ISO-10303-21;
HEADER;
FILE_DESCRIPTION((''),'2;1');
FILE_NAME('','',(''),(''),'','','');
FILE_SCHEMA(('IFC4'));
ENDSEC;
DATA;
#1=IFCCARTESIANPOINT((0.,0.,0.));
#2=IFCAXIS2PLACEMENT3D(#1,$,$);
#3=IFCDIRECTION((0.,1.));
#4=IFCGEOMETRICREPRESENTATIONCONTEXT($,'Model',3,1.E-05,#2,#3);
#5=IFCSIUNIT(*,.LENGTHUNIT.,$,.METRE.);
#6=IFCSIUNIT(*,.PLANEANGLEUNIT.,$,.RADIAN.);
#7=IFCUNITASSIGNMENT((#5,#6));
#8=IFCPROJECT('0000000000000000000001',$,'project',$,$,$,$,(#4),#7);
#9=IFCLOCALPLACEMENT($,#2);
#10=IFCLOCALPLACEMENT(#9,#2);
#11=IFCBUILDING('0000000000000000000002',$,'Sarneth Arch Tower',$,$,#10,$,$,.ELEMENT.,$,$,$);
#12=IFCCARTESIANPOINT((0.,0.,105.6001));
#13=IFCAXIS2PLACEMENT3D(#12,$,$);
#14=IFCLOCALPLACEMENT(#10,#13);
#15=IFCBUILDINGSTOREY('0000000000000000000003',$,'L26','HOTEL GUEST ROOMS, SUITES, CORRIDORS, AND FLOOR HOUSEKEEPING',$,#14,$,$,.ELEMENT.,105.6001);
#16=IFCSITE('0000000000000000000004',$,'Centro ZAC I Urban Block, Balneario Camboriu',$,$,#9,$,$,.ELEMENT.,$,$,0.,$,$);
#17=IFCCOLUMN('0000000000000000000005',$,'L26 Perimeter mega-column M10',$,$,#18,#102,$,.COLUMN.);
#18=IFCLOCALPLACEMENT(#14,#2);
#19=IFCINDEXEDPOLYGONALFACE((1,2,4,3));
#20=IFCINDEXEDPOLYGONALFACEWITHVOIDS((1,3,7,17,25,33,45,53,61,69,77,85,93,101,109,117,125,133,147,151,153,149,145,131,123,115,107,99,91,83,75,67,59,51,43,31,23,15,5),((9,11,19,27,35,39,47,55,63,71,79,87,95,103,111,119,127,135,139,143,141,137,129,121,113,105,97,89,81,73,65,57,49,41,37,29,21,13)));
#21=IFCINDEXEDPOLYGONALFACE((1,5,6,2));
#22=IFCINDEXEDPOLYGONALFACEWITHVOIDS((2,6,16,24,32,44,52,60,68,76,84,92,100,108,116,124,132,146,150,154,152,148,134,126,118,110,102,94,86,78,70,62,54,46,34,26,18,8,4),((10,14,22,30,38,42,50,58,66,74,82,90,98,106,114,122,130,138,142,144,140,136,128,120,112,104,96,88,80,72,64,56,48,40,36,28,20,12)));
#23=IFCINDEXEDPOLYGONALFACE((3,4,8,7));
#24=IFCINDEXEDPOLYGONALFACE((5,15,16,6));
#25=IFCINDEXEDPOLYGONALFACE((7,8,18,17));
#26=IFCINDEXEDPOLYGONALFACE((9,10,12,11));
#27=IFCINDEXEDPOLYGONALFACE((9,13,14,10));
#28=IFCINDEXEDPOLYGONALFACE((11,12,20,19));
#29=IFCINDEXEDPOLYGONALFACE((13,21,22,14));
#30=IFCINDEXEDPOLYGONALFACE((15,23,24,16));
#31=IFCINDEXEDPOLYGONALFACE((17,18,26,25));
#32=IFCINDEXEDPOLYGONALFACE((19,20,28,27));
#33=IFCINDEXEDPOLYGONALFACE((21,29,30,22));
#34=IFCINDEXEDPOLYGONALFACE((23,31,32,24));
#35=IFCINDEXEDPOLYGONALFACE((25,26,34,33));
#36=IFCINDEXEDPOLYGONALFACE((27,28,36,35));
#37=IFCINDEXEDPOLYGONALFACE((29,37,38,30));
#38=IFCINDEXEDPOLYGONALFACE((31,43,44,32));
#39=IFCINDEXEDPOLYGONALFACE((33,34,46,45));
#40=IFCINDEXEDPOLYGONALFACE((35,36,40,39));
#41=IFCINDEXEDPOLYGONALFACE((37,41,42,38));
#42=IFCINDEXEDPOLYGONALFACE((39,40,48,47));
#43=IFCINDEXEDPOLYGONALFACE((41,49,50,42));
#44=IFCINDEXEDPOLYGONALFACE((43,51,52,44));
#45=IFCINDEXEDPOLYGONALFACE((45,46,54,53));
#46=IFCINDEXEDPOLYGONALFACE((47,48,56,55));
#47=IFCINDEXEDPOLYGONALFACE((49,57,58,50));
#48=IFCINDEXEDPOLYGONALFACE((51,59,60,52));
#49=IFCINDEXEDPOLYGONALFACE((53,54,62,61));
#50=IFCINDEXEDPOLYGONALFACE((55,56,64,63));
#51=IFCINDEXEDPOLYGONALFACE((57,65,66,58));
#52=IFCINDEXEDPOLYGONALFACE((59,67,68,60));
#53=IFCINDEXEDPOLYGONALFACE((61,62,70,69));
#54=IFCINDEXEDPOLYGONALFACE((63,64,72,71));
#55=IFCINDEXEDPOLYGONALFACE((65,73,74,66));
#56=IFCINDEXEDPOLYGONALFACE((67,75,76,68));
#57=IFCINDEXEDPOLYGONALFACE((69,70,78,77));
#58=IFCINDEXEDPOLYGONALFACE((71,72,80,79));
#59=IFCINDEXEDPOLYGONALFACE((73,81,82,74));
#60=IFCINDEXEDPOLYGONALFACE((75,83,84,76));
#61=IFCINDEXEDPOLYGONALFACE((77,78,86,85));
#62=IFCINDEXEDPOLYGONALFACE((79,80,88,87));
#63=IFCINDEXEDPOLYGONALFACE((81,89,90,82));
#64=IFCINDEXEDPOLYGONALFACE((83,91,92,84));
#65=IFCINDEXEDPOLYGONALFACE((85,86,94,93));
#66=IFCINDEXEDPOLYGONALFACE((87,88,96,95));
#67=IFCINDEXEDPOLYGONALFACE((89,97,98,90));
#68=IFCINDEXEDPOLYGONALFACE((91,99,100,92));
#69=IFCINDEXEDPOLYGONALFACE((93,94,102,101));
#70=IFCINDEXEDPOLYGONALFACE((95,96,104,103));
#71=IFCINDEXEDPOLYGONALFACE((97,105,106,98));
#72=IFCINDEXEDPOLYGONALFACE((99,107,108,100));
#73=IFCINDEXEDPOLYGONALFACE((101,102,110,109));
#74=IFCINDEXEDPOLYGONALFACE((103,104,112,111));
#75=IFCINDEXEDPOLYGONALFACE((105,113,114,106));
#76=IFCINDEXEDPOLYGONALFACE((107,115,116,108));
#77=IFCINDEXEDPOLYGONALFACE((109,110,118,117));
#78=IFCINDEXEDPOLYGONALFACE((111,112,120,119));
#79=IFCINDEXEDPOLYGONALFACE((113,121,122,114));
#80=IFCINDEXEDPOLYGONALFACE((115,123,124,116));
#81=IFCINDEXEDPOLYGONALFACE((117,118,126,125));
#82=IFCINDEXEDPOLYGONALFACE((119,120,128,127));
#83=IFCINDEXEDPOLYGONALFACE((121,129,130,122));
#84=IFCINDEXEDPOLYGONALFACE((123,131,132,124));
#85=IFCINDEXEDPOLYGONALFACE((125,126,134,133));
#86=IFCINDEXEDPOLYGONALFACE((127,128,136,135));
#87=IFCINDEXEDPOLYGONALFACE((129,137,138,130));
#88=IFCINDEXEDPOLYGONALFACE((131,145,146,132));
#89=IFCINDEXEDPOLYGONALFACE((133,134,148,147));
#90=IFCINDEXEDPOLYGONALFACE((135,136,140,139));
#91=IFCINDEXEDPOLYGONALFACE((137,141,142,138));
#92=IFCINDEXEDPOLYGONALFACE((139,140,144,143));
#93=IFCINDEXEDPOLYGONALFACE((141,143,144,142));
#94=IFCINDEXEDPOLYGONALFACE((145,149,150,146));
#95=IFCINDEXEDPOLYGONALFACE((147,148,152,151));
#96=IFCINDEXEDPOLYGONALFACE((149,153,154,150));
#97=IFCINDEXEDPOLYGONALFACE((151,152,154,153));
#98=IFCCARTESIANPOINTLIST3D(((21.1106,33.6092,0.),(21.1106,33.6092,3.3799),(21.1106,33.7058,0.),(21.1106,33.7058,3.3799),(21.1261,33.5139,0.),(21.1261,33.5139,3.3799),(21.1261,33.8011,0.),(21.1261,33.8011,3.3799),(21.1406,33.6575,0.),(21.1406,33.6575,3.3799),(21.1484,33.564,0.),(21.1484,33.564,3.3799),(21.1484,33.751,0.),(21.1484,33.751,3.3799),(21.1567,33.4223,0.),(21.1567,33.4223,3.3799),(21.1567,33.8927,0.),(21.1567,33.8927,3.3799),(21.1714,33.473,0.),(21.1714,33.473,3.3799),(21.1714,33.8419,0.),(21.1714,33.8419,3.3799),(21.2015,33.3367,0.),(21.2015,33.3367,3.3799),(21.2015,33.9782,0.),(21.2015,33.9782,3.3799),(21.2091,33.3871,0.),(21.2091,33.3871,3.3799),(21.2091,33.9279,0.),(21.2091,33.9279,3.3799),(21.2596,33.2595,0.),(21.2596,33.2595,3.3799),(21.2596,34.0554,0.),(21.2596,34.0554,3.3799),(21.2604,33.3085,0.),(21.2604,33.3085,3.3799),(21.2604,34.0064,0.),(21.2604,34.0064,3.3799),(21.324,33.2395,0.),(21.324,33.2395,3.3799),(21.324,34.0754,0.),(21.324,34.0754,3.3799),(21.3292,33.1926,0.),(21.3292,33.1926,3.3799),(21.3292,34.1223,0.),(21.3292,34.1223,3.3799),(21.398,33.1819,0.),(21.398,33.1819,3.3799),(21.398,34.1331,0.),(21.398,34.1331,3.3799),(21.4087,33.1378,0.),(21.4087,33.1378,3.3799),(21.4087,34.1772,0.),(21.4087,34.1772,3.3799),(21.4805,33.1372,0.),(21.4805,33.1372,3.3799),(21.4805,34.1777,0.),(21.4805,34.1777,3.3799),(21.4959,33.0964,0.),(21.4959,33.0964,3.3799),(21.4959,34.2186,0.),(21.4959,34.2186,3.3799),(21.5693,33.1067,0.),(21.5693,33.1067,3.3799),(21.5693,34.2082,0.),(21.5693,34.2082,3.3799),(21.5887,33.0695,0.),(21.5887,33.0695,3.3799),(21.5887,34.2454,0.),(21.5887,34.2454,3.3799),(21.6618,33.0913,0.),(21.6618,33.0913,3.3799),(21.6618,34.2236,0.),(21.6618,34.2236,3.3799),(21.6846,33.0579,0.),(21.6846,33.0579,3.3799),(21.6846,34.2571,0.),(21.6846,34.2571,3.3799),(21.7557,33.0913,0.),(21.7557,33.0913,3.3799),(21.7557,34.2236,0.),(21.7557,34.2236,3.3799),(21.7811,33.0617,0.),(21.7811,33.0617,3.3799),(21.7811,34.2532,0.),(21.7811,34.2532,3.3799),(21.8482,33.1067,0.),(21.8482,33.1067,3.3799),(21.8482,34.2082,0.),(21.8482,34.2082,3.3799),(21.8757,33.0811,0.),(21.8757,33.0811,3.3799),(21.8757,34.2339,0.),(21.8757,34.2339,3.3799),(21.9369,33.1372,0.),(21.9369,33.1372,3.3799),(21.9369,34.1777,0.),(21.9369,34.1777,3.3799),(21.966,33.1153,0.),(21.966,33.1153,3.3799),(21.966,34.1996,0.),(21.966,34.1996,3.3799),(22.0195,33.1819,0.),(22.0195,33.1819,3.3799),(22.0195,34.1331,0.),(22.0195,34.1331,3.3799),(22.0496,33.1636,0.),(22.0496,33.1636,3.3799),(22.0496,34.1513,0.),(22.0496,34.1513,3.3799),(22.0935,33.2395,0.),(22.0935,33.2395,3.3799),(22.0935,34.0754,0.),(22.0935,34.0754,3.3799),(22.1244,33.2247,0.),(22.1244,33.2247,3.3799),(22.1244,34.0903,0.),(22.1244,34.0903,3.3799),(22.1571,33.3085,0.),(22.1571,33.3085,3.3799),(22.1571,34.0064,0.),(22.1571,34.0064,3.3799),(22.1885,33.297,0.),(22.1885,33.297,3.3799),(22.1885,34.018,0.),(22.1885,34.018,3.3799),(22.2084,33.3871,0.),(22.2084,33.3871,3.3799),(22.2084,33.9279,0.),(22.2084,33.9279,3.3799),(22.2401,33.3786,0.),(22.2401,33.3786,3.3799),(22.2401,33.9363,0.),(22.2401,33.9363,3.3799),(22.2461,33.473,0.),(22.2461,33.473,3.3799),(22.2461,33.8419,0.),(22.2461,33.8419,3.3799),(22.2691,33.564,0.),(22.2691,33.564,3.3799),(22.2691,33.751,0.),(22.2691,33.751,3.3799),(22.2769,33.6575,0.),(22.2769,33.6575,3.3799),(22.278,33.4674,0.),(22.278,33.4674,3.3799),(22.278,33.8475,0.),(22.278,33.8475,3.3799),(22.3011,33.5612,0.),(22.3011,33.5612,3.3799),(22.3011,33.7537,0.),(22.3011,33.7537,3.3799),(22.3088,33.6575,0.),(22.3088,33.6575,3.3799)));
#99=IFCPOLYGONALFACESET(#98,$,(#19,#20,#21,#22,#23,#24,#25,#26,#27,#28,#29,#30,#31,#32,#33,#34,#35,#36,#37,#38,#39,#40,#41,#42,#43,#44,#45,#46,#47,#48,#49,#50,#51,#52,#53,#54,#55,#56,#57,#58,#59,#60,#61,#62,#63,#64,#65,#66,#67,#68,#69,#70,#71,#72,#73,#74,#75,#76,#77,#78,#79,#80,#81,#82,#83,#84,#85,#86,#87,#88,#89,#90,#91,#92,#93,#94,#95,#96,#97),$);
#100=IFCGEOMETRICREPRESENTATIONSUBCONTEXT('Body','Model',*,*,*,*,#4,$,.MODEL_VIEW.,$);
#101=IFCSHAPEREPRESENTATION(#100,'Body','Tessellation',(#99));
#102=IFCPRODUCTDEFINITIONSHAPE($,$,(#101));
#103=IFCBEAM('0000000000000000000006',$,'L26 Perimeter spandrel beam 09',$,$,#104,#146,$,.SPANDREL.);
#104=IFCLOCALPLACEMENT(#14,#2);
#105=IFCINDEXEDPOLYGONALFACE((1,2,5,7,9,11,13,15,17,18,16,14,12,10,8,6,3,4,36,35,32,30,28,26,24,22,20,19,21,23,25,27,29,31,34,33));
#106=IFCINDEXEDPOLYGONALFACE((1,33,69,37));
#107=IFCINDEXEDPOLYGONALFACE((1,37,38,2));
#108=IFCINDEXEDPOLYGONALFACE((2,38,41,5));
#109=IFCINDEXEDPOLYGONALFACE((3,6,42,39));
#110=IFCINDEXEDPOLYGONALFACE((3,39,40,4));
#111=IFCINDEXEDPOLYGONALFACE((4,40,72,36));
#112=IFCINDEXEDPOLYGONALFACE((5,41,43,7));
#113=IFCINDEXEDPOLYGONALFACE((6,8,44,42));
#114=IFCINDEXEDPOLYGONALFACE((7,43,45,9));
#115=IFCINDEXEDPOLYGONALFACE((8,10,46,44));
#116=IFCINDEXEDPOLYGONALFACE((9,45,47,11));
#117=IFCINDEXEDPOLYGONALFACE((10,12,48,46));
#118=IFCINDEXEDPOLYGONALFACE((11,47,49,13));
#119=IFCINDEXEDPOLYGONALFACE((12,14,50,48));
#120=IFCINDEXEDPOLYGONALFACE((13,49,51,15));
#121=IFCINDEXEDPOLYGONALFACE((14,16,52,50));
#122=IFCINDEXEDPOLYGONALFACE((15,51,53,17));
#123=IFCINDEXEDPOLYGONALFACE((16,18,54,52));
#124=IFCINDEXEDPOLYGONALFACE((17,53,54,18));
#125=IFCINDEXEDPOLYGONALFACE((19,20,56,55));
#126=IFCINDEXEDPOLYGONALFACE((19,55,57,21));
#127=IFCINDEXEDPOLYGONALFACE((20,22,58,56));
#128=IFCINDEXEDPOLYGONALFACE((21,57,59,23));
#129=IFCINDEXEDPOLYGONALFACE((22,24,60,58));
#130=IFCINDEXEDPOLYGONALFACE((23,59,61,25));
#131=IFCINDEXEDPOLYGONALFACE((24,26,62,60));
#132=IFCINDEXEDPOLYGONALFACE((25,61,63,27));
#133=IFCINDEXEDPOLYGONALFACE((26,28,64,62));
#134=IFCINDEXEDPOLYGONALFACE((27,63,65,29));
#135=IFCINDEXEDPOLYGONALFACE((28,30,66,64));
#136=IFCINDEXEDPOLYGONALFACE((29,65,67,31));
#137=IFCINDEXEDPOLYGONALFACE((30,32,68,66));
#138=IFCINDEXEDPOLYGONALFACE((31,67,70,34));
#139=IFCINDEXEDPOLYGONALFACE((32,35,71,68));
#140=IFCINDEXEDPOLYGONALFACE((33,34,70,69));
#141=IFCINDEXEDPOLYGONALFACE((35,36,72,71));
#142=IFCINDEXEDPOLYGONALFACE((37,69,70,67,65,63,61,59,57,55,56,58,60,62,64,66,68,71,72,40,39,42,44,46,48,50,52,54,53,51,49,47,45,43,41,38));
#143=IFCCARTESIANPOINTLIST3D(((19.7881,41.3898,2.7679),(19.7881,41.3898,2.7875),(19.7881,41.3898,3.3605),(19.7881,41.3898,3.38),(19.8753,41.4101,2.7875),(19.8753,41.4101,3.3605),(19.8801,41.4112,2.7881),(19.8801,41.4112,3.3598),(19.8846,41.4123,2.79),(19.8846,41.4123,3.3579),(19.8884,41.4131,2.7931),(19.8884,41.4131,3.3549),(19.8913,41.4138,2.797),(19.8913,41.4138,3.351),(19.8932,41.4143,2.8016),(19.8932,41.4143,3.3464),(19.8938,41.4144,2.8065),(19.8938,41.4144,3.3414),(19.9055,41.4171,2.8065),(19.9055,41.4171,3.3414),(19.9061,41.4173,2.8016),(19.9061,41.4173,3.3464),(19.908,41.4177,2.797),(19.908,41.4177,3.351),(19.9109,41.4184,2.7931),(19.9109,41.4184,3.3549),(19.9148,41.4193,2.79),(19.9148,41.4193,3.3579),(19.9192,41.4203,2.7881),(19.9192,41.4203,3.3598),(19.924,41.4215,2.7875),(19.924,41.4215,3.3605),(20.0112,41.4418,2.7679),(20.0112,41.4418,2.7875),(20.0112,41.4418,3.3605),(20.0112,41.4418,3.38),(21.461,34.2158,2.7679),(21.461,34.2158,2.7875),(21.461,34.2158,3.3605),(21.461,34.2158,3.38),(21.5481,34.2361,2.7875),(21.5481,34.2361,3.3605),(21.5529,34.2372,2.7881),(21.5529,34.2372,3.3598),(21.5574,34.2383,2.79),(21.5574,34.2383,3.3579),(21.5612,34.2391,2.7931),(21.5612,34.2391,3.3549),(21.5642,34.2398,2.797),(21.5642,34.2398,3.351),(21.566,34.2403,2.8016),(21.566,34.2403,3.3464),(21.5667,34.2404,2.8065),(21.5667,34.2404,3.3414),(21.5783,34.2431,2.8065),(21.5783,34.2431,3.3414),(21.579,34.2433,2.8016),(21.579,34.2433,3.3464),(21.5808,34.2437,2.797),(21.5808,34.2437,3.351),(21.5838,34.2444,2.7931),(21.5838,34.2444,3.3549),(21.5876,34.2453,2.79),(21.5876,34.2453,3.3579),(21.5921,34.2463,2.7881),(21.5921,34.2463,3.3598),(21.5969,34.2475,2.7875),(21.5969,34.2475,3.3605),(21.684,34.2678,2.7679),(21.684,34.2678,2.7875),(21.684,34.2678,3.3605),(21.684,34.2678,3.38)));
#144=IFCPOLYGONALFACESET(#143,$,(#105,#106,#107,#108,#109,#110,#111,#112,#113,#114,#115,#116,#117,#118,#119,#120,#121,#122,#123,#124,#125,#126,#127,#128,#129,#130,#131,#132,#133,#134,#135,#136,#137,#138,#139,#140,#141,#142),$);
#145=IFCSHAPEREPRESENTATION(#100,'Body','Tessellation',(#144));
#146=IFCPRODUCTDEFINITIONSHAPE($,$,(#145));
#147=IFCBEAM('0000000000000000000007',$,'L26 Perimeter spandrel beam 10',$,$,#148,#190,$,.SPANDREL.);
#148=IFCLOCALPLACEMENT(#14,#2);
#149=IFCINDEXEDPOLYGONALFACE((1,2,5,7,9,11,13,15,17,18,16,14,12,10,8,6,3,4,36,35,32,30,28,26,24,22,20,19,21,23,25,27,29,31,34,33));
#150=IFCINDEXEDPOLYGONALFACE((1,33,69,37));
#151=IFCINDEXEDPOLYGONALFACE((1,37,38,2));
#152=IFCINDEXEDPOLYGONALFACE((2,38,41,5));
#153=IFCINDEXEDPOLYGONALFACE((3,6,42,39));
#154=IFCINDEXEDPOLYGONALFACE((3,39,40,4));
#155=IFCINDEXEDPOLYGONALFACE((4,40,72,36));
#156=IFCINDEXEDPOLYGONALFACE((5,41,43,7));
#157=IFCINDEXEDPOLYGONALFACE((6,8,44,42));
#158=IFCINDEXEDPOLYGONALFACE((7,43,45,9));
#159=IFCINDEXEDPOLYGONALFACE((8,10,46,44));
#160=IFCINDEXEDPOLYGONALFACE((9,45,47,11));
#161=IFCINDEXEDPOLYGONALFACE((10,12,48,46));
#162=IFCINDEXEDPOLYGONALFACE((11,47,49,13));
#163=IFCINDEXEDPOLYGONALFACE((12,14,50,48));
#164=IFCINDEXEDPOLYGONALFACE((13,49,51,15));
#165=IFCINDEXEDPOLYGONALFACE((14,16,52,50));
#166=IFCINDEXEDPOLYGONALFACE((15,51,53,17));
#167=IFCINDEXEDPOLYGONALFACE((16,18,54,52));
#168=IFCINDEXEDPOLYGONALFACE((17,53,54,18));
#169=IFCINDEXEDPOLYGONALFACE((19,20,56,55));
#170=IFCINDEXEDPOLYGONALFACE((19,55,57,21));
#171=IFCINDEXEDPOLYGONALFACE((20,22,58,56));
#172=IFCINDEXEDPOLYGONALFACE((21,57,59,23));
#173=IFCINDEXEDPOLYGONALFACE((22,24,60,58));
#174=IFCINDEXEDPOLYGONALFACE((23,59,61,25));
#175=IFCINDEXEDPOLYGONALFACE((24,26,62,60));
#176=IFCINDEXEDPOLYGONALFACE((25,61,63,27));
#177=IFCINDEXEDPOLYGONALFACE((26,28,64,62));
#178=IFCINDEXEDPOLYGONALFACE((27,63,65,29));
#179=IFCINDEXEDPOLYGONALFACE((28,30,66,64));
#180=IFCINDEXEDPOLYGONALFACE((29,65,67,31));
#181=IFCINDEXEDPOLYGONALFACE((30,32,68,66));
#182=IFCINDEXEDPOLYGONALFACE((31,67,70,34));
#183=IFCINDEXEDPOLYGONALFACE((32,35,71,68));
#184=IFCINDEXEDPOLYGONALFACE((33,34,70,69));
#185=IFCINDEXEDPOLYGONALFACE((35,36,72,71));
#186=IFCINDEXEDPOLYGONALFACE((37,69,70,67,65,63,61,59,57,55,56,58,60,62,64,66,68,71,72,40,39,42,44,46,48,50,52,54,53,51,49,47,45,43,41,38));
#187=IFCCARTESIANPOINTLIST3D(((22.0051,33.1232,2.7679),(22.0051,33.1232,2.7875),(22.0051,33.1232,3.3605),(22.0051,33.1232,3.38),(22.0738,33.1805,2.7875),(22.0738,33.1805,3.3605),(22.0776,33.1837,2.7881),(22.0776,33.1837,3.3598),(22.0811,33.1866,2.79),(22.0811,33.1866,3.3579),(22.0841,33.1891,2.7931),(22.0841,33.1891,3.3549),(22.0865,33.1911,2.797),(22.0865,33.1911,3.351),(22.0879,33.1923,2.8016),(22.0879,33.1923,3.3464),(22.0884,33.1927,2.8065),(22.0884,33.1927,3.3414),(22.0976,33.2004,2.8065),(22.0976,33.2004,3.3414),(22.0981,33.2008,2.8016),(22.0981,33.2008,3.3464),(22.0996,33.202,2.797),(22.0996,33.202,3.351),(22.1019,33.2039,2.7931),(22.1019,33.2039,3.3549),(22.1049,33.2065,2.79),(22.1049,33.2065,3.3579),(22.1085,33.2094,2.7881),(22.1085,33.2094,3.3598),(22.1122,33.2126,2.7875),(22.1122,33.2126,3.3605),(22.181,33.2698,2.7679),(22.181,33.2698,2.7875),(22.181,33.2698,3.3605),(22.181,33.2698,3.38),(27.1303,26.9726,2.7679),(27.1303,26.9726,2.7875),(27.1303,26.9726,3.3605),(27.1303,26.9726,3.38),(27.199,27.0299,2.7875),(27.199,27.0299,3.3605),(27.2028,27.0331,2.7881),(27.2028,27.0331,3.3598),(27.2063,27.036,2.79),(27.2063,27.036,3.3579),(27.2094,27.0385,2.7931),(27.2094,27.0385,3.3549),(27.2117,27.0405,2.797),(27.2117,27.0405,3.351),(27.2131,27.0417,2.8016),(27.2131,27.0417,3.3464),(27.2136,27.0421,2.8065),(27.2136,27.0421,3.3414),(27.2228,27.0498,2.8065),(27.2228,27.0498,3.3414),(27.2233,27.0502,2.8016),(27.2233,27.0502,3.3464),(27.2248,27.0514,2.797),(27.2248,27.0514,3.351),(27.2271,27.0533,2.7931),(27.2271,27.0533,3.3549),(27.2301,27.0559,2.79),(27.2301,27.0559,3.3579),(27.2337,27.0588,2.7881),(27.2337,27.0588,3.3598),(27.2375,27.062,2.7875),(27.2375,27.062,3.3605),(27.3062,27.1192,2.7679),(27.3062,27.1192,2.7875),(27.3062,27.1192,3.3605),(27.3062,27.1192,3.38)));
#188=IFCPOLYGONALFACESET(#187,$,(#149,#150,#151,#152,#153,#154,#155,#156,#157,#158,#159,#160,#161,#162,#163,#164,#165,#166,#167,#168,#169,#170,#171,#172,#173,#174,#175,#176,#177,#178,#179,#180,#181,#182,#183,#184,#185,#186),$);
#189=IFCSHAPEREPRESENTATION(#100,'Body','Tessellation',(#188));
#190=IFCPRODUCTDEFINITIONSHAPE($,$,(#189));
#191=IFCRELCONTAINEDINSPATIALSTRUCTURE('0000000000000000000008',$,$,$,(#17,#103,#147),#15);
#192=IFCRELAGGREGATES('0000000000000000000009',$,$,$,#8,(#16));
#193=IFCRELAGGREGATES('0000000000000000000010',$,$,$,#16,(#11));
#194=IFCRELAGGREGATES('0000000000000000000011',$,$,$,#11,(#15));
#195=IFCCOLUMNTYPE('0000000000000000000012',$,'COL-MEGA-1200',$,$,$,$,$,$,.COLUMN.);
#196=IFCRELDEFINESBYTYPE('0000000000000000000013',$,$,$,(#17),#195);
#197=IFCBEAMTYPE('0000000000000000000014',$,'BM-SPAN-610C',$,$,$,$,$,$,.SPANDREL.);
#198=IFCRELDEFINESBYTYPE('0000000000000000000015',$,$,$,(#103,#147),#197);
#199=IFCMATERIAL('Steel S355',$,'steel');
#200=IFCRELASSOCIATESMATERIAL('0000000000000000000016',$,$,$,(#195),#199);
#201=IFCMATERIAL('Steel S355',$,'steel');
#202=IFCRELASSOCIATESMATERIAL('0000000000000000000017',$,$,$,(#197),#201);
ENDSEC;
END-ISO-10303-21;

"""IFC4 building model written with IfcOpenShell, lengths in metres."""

from ifc_helpers import new_model, si_unit, direction, frame, origin, origin_2d, place, context, subcontext, project, spatial, hollow_circle, i_section, extrude, material, material_profile, profile_set, type_object, element, save


model = new_model("IFC4")

# Units and contexts
model_context = context("Model", 3, precision=1e-05, world=origin(), true_north=direction((0.0, 1.0)))
body_context = subcontext(model_context, "Body", "Model", "MODEL_VIEW")
ifc_project = project(units=[si_unit("LENGTHUNIT", "METRE"), si_unit("PLANEANGLEUNIT", "RADIAN")], contexts=[model_context])

# Site, building, storey
site_placement = place(None, origin())
site = spatial("IfcSite", under=ifc_project, at=site_placement, Name="Centro ZAC I Urban Block, Balneario Camboriu", CompositionType="ELEMENT", RefElevation=0.0)
building_placement = place(site_placement, origin())
building = spatial("IfcBuilding", under=site, at=building_placement, Name="Sarneth Arch Tower", CompositionType="ELEMENT")
storey_placement = place(building_placement, frame((0.0, 0.0, 105.6001)))
storey = spatial("IfcBuildingStorey", under=building, at=storey_placement, Name="L26", Description="HOTEL GUEST ROOMS, SUITES, CORRIDORS, AND FLOOR HOUSEKEEPING", CompositionType="ELEMENT", Elevation=105.6001)

# Column
ifc_material_1 = material(Name="Steel S355", Category="steel")
ifc_material_profile_1 = material_profile(ifc_material_1, hollow_circle(Radius=0.6001, WallThickness=0.032, at=origin_2d()), Name="CHS1200x32")
ifc_profile_set_1 = profile_set([ifc_material_profile_1], Name="Steel S355")
column_type = type_object("IfcColumnType", Name="COL-MEGA-1200", PredefinedType="COLUMN", material=ifc_profile_set_1)
column_placement = place(storey_placement, frame((21.7087, 33.6575, 0.0), z_axis=(0.0, 0.0, 1.0), x_axis=(1.0, 0.0, 0.0)))
element("IfcColumn", 1, at=column_placement, inside=storey, type_object=column_type, Name="L26 Perimeter mega-column M10", PredefinedType="COLUMN", context=body_context, shape_type="SweptSolid", body=[
    extrude(hollow_circle(Radius=0.6001, WallThickness=0.032, at=origin_2d()), origin(), (0.0, 0.0, 1.0), 3.3799),
])

# Beams
ifc_material_2 = material(Name="Steel S355", Category="steel")
ifc_material_profile_2 = material_profile(ifc_material_2, i_section(OverallWidth=0.229, OverallDepth=0.6121, WebThickness=0.012, FlangeThickness=0.0195, FilletRadius=0.019, at=origin_2d()), Name="W610x125")
ifc_profile_set_2 = profile_set([ifc_material_profile_2], Name="Steel S355")
beam_type = type_object("IfcBeamType", Name="BM-SPAN-610C", PredefinedType="SPANDREL", material=ifc_profile_set_2)
beam_1_placement = place(storey_placement, frame((19.8997, 41.4158, 3.074), z_axis=(0.227088, -0.973874, 0.0), x_axis=(0.973874, 0.227088, 0.0)))
element("IfcBeam", 2, at=beam_1_placement, inside=storey, type_object=beam_type, Name="L26 Perimeter spandrel beam 09", PredefinedType="SPANDREL", context=body_context, shape_type="SweptSolid", body=[
    extrude(i_section(OverallWidth=0.229, OverallDepth=0.6121, WebThickness=0.012, FlangeThickness=0.0195, FilletRadius=0.019, at=origin_2d()), origin(), (0.0, 0.0, 1.0), 7.3665),
])
beam_2_placement = place(storey_placement, frame((22.093, 33.1965, 3.074), z_axis=(0.640163, -0.768239, 0.0), x_axis=(0.768239, 0.640163, 0.0)))
element("IfcBeam", 3, at=beam_2_placement, inside=storey, type_object=beam_type, Name="L26 Perimeter spandrel beam 10", PredefinedType="SPANDREL", context=body_context, shape_type="SweptSolid", body=[
    extrude(i_section(OverallWidth=0.229, OverallDepth=0.6121, WebThickness=0.012, FlangeThickness=0.0195, FilletRadius=0.019, at=origin_2d()), origin(), (0.0, 0.0, 1.0), 8.0061),
])

save(model, "model.ifc")
